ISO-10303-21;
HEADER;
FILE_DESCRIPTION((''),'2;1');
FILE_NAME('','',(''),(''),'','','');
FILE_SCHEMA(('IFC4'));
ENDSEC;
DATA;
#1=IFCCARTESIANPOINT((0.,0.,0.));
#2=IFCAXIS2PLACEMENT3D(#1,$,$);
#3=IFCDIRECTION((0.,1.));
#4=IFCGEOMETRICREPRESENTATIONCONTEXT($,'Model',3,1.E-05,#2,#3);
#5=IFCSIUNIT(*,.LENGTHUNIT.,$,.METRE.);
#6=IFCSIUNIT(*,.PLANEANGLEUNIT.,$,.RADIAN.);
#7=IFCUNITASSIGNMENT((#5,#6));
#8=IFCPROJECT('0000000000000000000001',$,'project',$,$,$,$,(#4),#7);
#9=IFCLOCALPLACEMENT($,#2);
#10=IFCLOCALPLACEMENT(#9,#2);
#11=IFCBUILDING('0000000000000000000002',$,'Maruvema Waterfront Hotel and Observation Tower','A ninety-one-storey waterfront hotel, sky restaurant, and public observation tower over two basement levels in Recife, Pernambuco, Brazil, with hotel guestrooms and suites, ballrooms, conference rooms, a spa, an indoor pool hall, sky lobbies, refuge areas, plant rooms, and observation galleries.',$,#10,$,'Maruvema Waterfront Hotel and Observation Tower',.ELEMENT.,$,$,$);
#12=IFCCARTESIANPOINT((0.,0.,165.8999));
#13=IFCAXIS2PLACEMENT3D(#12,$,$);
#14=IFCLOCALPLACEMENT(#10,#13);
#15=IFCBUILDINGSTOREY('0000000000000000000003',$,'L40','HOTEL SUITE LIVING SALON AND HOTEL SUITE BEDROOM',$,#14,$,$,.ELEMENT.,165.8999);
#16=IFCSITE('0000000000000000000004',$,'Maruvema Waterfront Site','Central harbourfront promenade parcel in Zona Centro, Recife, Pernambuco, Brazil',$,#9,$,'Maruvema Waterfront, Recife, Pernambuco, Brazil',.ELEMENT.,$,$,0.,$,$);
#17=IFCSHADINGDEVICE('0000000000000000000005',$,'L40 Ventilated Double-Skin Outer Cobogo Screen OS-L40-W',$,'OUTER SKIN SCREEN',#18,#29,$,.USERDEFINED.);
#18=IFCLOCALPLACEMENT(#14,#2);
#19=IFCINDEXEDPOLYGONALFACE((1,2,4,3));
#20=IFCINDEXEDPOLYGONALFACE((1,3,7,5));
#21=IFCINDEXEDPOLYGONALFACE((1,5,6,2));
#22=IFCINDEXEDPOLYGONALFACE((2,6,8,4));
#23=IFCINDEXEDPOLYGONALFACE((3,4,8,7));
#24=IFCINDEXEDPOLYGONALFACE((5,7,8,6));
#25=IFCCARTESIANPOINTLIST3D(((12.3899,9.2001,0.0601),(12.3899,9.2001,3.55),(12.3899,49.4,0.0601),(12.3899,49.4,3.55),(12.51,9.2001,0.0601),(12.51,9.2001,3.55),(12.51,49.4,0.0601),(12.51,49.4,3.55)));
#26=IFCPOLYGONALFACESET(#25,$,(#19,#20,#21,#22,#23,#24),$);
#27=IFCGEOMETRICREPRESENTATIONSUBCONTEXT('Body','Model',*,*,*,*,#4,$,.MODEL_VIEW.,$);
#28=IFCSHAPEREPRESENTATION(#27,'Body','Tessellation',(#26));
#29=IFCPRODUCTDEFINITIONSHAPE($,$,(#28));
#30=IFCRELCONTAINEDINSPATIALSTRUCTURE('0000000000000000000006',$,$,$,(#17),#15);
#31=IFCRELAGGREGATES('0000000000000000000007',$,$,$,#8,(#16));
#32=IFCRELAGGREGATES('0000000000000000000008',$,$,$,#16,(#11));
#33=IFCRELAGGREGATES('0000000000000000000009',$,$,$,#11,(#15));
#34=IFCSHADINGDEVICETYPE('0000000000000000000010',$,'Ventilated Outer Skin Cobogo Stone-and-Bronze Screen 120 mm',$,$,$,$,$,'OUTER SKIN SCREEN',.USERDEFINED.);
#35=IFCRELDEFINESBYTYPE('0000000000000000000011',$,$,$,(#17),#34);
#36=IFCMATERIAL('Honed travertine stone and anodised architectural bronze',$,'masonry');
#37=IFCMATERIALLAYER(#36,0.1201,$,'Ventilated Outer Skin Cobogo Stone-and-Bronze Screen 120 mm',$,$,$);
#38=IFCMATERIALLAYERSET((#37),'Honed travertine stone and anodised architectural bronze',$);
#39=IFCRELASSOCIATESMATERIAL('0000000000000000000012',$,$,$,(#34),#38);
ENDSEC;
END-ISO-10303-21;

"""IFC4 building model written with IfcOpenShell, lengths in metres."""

from ifc_helpers import new_model, si_unit, direction, frame, origin, origin_2d, place, context, subcontext, project, spatial, rectangle, extrude, material, layer, layer_set, type_object, element, save


model = new_model("IFC4")

# Units and contexts
model_context = context("Model", 3, precision=1e-05, world=origin(), true_north=direction((0.0, 1.0)))
body_context = subcontext(model_context, "Body", "Model", "MODEL_VIEW")
ifc_project = project(units=[si_unit("LENGTHUNIT", "METRE"), si_unit("PLANEANGLEUNIT", "RADIAN")], contexts=[model_context])

# Site, building, storey
site_placement = place(None, origin())
site = spatial("IfcSite", under=ifc_project, at=site_placement, Name="Maruvema Waterfront Site", Description="Central harbourfront promenade parcel in Zona Centro, Recife, Pernambuco, Brazil", LongName="Maruvema Waterfront, Recife, Pernambuco, Brazil", CompositionType="ELEMENT", RefElevation=0.0)
building_placement = place(site_placement, origin())
building = spatial("IfcBuilding", under=site, at=building_placement, Name="Maruvema Waterfront Hotel and Observation Tower", Description="A ninety-one-storey waterfront hotel, sky restaurant, and public observation tower over two basement levels in Recife, Pernambuco, Brazil, with hotel guestrooms and suites, ballrooms, conference rooms, a spa, an indoor pool hall, sky lobbies, refuge areas, plant rooms, and observation galleries.", LongName="Maruvema Waterfront Hotel and Observation Tower", CompositionType="ELEMENT")
storey_placement = place(building_placement, frame((0.0, 0.0, 165.8999)))
storey = spatial("IfcBuildingStorey", under=building, at=storey_placement, Name="L40", Description="HOTEL SUITE LIVING SALON AND HOTEL SUITE BEDROOM", CompositionType="ELEMENT", Elevation=165.8999)

# Shading device
ifc_material_1 = material(Name="Honed travertine stone and anodised architectural bronze", Category="masonry")
ifc_layer_1 = layer(ifc_material_1, 0.1201, Name="Ventilated Outer Skin Cobogo Stone-and-Bronze Screen 120 mm")
ifc_layer_set_1 = layer_set([ifc_layer_1], Name="Honed travertine stone and anodised architectural bronze")
shading_device_type = type_object("IfcShadingDeviceType", Name="Ventilated Outer Skin Cobogo Stone-and-Bronze Screen 120 mm", ElementType="OUTER SKIN SCREEN", PredefinedType="USERDEFINED", material=ifc_layer_set_1)
shading_device_placement = place(storey_placement, frame((12.45, 29.3, 0.0601), z_axis=(0.0, 0.0, 1.0), x_axis=(0.0, -1.0, 0.0)))
element("IfcShadingDevice", 1, at=shading_device_placement, inside=storey, type_object=shading_device_type, Name="L40 Ventilated Double-Skin Outer Cobogo Screen OS-L40-W", ObjectType="OUTER SKIN SCREEN", PredefinedType="USERDEFINED", context=body_context, shape_type="SweptSolid", body=[
    extrude(rectangle(XDim=40.2, YDim=0.1201, at=origin_2d()), origin(), (0.0, 0.0, 1.0), 3.49),
])

save(model, "model.ifc")
